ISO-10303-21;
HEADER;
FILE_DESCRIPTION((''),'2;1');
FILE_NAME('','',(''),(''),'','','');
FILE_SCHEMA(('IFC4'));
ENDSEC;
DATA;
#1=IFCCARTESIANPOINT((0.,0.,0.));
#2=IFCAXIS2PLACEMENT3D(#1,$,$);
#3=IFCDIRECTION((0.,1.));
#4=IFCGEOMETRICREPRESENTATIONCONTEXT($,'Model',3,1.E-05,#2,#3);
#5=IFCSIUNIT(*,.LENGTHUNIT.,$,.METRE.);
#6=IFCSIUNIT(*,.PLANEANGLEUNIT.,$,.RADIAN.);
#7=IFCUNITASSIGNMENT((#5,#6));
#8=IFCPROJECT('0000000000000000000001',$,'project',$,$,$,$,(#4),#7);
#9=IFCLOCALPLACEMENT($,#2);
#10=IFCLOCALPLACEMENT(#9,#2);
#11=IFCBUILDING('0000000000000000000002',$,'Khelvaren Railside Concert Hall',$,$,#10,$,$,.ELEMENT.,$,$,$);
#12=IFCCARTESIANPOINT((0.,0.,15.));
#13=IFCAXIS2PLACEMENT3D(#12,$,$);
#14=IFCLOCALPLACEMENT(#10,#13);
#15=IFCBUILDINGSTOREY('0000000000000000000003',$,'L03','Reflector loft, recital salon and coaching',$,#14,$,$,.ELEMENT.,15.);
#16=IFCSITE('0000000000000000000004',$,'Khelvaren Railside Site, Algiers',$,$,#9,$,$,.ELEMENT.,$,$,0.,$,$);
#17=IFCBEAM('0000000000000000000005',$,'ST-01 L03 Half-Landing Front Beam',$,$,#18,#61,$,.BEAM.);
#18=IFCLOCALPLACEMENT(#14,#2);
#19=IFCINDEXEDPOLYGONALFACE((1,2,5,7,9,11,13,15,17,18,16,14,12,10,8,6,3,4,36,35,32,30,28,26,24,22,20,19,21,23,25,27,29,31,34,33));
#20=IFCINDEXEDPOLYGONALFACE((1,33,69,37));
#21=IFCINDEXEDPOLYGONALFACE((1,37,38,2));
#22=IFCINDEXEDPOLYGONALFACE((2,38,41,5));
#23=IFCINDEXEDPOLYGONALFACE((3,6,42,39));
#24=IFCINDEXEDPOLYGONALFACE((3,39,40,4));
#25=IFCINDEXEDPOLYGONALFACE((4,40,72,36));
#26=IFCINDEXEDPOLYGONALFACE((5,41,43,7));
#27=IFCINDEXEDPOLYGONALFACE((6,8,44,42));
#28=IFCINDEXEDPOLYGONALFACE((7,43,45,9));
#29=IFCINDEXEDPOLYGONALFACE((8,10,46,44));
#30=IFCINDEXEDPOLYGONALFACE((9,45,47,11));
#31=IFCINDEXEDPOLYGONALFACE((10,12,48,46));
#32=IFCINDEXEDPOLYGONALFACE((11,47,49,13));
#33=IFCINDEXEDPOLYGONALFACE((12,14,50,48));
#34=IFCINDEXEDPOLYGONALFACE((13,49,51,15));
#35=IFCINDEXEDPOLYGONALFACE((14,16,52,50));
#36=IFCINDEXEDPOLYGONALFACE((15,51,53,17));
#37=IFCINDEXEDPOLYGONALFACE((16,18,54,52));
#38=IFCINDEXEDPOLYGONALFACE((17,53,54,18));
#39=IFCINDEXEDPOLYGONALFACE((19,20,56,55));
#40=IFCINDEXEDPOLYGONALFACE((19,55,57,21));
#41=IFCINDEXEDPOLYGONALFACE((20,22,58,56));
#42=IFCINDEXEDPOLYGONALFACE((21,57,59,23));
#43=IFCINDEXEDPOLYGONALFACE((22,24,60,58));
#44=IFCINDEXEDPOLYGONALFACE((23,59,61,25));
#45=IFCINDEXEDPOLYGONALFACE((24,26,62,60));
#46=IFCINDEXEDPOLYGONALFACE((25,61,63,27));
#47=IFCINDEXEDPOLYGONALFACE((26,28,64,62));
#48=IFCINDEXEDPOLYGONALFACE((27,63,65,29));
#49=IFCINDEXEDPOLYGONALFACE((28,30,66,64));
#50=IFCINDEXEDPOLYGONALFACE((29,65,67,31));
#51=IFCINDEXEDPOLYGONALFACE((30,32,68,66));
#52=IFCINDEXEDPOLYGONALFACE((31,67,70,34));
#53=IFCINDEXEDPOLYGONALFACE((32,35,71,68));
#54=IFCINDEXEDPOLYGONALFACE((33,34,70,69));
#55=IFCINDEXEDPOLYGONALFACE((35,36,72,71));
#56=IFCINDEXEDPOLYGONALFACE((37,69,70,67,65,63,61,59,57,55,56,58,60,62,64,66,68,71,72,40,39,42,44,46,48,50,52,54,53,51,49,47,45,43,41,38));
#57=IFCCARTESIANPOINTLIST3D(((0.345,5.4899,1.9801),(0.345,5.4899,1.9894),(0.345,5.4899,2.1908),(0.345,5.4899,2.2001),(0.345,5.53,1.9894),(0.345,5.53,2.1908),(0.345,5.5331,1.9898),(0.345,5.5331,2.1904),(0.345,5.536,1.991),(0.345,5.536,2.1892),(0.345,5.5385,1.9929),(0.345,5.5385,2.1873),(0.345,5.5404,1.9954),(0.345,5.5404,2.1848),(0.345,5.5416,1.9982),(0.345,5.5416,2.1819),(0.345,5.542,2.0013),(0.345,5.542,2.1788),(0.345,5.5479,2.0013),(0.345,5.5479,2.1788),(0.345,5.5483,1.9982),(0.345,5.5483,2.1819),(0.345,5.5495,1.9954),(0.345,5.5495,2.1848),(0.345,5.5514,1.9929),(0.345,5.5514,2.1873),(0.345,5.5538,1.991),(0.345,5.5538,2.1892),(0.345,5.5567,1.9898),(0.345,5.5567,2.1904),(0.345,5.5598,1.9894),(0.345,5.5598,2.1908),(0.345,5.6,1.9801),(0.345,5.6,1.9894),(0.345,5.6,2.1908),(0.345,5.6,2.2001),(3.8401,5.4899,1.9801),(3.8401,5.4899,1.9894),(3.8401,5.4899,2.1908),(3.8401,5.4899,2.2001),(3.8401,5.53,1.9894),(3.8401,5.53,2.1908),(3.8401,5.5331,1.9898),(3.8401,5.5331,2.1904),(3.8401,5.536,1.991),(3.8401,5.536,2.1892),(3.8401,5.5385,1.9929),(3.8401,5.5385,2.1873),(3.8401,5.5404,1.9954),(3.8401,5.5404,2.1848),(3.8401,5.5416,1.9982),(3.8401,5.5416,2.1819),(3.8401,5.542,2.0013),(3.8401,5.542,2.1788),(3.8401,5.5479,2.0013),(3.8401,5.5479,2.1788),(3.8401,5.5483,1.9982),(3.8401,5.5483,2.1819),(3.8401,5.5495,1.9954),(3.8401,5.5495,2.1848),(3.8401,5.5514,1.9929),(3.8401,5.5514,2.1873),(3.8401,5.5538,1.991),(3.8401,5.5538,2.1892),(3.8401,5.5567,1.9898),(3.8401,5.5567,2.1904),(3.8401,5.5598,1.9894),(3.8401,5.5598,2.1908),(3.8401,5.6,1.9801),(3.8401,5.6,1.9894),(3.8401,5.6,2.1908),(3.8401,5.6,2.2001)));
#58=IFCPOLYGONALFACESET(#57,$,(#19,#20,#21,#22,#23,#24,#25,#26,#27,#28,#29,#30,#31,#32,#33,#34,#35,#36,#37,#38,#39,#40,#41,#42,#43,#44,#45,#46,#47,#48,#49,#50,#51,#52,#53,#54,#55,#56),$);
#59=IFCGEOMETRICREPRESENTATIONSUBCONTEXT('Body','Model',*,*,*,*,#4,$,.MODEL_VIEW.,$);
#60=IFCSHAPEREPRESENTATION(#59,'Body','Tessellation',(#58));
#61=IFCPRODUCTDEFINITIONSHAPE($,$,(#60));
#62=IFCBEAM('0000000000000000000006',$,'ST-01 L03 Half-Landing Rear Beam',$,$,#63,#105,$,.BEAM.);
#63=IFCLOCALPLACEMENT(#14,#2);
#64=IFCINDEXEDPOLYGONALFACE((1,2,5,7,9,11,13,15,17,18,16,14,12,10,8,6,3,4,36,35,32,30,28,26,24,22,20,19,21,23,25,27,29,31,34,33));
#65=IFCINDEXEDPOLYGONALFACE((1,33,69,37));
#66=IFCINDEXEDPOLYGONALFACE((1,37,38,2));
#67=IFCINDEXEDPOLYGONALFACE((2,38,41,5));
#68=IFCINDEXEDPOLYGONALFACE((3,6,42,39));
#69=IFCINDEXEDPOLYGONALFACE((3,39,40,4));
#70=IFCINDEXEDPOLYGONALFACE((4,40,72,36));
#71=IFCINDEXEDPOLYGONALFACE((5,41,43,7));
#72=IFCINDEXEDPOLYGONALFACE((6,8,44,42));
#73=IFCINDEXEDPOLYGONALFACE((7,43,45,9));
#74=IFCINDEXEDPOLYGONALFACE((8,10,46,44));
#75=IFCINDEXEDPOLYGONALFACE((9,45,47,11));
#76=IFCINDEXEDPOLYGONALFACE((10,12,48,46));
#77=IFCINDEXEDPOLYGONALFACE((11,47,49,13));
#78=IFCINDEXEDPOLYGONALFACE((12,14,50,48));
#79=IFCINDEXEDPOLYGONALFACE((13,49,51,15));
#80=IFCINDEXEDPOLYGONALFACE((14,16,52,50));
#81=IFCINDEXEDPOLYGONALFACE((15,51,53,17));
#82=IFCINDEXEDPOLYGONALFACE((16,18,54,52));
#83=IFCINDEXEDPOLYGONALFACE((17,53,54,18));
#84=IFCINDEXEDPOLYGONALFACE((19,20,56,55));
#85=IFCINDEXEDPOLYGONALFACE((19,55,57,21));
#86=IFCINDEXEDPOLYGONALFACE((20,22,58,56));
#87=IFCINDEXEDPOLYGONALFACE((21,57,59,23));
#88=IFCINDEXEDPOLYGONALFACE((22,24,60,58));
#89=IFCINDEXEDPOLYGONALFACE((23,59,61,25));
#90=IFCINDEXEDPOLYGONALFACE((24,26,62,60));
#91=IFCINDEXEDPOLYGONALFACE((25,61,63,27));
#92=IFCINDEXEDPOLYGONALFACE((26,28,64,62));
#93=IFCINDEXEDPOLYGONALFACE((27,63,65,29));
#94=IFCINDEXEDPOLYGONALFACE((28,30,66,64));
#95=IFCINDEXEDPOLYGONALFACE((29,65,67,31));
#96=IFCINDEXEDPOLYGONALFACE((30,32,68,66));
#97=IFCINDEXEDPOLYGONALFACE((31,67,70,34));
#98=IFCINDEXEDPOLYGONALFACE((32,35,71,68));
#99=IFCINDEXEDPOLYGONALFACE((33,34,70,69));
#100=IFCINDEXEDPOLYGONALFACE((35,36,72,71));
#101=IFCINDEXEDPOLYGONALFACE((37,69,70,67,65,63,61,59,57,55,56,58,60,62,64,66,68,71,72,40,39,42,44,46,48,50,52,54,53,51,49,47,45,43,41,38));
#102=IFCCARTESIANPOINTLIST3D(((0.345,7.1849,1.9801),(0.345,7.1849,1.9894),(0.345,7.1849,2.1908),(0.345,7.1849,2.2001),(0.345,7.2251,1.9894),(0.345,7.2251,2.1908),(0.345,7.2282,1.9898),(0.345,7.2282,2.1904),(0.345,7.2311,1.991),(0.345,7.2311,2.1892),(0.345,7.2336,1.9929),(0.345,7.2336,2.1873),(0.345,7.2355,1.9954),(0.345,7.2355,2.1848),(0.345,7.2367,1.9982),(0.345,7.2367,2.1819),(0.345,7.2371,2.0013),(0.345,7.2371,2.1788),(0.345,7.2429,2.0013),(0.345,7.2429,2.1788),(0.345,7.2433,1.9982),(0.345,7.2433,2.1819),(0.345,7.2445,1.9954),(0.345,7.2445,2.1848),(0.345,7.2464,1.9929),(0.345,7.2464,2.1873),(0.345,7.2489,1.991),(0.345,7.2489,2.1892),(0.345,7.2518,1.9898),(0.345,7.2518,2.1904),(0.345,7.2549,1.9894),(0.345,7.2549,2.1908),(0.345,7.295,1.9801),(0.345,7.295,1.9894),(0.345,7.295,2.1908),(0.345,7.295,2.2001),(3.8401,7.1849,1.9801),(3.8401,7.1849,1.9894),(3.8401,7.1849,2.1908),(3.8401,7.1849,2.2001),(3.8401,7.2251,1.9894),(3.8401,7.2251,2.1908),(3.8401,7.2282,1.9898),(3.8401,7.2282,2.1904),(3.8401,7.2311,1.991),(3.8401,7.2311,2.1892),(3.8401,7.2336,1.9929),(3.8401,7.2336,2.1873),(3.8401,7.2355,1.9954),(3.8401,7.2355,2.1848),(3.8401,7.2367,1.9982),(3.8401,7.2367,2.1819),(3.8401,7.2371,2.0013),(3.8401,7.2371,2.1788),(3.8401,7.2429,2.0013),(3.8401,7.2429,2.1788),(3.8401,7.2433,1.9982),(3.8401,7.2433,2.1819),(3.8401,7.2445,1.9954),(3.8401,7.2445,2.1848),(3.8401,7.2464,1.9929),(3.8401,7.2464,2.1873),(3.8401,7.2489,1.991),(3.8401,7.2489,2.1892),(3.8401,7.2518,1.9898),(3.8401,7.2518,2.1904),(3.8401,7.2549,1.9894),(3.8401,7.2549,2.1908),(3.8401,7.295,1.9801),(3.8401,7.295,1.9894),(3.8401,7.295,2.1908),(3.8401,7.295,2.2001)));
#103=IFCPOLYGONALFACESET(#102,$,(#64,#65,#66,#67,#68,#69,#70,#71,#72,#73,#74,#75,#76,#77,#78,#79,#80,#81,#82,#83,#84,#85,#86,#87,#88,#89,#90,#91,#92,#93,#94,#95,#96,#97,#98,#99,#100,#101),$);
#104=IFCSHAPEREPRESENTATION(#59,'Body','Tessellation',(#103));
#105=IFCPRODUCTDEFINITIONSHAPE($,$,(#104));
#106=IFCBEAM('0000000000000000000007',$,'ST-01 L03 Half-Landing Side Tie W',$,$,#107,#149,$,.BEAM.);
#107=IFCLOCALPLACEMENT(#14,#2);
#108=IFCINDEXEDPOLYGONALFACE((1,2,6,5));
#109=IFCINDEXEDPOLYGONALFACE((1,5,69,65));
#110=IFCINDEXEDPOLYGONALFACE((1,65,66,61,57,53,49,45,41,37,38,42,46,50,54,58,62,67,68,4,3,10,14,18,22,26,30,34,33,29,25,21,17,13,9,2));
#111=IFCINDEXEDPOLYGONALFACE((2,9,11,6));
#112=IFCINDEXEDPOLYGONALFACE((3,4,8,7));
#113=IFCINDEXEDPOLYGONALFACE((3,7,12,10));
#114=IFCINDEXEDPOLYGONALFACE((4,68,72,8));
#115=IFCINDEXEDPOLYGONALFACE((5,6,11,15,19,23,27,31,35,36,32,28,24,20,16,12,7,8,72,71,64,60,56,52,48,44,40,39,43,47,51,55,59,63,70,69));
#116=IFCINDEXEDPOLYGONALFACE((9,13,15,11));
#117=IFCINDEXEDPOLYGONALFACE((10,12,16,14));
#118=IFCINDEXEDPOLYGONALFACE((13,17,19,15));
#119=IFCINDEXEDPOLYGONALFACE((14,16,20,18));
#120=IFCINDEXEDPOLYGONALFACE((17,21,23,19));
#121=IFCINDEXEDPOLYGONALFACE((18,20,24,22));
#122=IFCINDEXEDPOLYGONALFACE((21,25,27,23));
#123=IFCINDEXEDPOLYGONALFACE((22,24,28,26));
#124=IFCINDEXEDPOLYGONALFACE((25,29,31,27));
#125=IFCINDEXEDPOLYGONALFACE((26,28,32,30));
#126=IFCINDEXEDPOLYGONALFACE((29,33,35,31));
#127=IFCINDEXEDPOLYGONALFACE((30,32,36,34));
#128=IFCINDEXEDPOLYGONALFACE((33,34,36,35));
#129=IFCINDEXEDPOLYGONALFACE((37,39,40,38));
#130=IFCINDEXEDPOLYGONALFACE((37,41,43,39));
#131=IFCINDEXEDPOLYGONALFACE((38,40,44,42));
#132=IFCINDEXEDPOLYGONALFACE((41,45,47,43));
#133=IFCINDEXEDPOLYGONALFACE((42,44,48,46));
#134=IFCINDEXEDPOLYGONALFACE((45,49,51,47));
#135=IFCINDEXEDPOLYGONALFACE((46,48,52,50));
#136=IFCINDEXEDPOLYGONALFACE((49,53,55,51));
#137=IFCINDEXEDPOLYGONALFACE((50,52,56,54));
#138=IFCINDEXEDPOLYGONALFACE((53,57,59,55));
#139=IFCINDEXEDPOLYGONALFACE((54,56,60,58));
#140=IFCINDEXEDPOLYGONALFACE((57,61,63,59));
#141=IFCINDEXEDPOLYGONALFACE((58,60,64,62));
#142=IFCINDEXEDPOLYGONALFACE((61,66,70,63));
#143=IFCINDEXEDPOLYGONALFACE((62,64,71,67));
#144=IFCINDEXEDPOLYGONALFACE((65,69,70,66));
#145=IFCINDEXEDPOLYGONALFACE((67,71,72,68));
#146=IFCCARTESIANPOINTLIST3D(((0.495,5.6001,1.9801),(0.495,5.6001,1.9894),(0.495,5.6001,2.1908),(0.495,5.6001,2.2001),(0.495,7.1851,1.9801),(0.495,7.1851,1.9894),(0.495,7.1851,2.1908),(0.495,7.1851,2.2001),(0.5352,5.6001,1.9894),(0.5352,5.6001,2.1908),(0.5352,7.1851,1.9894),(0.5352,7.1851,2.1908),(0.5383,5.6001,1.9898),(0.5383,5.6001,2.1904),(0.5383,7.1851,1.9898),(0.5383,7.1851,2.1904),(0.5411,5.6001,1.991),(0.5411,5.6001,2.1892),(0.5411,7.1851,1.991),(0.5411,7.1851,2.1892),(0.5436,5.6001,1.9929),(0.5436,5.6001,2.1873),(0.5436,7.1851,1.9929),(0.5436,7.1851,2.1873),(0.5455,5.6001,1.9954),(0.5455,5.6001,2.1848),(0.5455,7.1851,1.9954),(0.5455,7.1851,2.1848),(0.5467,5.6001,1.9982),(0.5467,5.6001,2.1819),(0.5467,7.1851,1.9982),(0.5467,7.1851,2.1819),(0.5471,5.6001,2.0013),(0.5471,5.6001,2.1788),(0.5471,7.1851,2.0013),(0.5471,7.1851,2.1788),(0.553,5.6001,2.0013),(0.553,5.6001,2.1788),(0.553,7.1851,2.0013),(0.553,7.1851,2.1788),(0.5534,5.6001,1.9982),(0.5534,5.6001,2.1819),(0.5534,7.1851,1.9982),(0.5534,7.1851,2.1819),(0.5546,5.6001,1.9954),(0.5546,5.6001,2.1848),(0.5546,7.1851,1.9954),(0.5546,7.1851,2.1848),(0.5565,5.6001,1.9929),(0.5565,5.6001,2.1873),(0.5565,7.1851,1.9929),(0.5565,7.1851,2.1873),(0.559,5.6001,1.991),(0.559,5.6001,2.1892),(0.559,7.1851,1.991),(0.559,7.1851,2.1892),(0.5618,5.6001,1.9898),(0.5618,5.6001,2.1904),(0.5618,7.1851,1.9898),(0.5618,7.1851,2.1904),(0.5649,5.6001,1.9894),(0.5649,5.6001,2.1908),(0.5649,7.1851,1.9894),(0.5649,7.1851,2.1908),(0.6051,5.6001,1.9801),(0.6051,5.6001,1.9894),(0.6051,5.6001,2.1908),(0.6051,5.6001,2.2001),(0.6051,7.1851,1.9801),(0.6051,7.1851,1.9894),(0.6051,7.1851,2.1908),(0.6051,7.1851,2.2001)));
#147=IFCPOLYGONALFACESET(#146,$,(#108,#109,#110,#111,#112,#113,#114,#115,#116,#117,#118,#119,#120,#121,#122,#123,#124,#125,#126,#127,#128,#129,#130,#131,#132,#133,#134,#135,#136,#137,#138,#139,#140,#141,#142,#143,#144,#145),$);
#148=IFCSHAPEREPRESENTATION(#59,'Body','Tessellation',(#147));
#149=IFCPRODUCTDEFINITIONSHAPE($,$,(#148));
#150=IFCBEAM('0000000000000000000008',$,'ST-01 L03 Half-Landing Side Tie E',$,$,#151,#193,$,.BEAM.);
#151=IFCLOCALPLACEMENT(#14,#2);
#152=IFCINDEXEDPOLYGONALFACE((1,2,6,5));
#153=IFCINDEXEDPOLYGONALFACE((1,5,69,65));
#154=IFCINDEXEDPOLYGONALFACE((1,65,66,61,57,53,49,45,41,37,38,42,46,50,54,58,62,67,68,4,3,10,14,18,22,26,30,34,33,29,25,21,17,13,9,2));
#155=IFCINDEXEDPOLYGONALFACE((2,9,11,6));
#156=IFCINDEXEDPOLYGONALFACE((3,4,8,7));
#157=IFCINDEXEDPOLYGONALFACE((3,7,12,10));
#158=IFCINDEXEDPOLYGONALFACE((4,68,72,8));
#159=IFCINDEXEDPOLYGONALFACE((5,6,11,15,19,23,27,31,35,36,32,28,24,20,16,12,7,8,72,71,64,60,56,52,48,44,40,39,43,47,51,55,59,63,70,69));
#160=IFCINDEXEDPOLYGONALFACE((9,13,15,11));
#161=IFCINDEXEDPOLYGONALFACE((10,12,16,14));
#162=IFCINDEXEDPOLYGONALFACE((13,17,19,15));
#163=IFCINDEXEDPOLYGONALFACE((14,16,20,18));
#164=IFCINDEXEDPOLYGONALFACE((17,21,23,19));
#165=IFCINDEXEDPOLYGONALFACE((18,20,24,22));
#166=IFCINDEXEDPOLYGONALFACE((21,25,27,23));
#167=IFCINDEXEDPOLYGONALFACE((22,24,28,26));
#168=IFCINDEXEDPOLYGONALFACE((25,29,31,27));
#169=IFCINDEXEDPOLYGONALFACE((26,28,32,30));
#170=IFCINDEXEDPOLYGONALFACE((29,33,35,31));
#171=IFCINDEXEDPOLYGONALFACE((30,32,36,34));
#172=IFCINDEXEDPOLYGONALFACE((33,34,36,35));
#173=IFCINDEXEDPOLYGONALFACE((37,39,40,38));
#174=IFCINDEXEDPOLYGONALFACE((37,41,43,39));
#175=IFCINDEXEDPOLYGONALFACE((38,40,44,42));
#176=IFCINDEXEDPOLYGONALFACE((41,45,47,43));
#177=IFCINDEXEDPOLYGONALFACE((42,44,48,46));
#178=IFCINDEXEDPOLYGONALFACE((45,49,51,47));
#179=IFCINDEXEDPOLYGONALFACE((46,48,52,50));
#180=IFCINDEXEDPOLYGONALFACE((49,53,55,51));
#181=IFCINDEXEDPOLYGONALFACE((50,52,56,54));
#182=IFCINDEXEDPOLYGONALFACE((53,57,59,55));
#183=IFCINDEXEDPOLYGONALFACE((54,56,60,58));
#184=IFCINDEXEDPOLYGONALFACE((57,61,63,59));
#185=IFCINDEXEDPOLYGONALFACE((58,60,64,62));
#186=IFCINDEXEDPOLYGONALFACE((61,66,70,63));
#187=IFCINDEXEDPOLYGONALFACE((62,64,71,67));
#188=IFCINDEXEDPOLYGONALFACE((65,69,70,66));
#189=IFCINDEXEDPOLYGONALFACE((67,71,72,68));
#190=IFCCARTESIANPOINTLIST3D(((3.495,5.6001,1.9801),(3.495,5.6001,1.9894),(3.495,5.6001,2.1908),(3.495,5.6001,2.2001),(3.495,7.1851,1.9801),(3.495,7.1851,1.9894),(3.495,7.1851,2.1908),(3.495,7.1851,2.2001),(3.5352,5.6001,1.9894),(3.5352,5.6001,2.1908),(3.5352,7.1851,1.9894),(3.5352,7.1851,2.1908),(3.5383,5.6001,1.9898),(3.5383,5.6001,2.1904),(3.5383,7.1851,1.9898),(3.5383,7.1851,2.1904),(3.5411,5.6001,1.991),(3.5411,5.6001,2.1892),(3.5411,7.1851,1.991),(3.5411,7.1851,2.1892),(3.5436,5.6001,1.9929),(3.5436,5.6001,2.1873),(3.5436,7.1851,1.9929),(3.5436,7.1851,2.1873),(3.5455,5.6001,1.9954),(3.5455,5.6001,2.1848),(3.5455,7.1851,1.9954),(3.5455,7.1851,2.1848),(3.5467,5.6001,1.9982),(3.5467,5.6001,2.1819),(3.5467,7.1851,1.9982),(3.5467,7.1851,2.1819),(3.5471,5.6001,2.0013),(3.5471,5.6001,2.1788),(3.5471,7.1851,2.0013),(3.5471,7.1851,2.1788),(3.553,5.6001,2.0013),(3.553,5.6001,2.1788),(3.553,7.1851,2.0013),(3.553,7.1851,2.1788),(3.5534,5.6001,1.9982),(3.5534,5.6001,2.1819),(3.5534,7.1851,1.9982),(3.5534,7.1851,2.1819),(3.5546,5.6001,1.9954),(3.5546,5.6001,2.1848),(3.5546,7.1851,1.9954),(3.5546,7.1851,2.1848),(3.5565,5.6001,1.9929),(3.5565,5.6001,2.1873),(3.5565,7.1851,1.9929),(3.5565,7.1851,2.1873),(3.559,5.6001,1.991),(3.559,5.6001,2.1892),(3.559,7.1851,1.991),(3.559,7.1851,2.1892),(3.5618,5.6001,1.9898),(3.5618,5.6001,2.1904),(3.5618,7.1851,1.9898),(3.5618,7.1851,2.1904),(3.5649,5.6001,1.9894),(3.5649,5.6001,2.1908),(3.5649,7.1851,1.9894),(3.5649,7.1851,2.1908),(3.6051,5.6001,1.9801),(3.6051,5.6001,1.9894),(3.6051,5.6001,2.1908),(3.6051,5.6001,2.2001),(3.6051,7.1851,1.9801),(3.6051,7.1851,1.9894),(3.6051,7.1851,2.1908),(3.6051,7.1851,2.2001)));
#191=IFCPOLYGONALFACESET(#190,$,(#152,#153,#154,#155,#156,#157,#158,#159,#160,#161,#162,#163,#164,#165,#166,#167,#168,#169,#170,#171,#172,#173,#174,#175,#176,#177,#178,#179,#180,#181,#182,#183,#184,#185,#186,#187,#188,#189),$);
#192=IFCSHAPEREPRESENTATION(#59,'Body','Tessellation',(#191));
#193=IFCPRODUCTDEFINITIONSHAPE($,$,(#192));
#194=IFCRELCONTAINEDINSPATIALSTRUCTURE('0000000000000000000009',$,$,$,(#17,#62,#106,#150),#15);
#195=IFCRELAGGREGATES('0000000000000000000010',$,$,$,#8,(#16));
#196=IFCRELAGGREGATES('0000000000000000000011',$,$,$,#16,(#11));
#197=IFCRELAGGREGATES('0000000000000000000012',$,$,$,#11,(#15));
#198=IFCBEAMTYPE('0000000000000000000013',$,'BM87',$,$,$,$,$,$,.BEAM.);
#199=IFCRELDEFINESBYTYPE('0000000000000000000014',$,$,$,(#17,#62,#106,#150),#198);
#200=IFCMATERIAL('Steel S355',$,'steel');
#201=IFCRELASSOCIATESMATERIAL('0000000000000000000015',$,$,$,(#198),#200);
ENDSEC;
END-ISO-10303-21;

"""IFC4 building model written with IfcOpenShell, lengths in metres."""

from ifc_helpers import new_model, si_unit, direction, frame, origin, origin_2d, place, context, subcontext, project, spatial, i_section, extrude, material, material_profile, profile_set, type_object, element, save


model = new_model("IFC4")

# Units and contexts
model_context = context("Model", 3, precision=1e-05, world=origin(), true_north=direction((0.0, 1.0)))
body_context = subcontext(model_context, "Body", "Model", "MODEL_VIEW")
ifc_project = project(units=[si_unit("LENGTHUNIT", "METRE"), si_unit("PLANEANGLEUNIT", "RADIAN")], contexts=[model_context])

# Site, building, storey
site_placement = place(None, origin())
site = spatial("IfcSite", under=ifc_project, at=site_placement, Name="Khelvaren Railside Site, Algiers", CompositionType="ELEMENT", RefElevation=0.0)
building_placement = place(site_placement, origin())
building = spatial("IfcBuilding", under=site, at=building_placement, Name="Khelvaren Railside Concert Hall", CompositionType="ELEMENT")
storey_placement = place(building_placement, frame((0.0, 0.0, 15.0)))
storey = spatial("IfcBuildingStorey", under=building, at=storey_placement, Name="L03", Description="Reflector loft, recital salon and coaching", CompositionType="ELEMENT", Elevation=15.0)

# Beams
ifc_material_1 = material(Name="Steel S355", Category="steel")
ifc_material_profile_1 = material_profile(ifc_material_1, i_section(OverallWidth=0.1101, OverallDepth=0.22, WebThickness=0.0059, FlangeThickness=0.0093, FilletRadius=0.012, at=origin_2d()), Name="IPE 220")
ifc_profile_set_1 = profile_set([ifc_material_profile_1], Name="Steel S355")
beam_type_1 = type_object("IfcBeamType", Name="BM87", PredefinedType="BEAM", material=ifc_profile_set_1)
for number, where, z_axis, x_axis, name in (
    (1, (0.345, 5.5449, 2.0901), (1.0, 0.0, 0.0), (0.0, 1.0, 0.0), "ST-01 L03 Half-Landing Front Beam"),
    (2, (0.345, 7.24, 2.0901), (1.0, 0.0, 0.0), (0.0, 1.0, 0.0), "ST-01 L03 Half-Landing Rear Beam"),
):
    element("IfcBeam", number, at=place(storey_placement, frame(where, z_axis=z_axis, x_axis=x_axis)), inside=storey, type_object=beam_type_1, Name=name, PredefinedType="BEAM", context=body_context, shape_type="SweptSolid", body=[
        extrude(i_section(OverallWidth=0.1101, OverallDepth=0.22, WebThickness=0.0059, FlangeThickness=0.0093, FilletRadius=0.012, at=origin_2d()), origin(), (0.0, 0.0, 1.0), 3.4951),
    ])
for number, where, z_axis, x_axis, name in (
    (3, (0.55, 5.6001, 2.0901), (0.0, 1.0, 0.0), (-1.0, 0.0, 0.0), "ST-01 L03 Half-Landing Side Tie W"),
    (4, (3.55, 5.6001, 2.0901), (0.0, 1.0, 0.0), (-1.0, 0.0, 0.0), "ST-01 L03 Half-Landing Side Tie E"),
):
    element("IfcBeam", number, at=place(storey_placement, frame(where, z_axis=z_axis, x_axis=x_axis)), inside=storey, type_object=beam_type_1, Name=name, PredefinedType="BEAM", context=body_context, shape_type="SweptSolid", body=[
        extrude(i_section(OverallWidth=0.1101, OverallDepth=0.22, WebThickness=0.0059, FlangeThickness=0.0093, FilletRadius=0.012, at=origin_2d()), origin(), (0.0, 0.0, 1.0), 1.585),
    ])

save(model, "model.ifc")
